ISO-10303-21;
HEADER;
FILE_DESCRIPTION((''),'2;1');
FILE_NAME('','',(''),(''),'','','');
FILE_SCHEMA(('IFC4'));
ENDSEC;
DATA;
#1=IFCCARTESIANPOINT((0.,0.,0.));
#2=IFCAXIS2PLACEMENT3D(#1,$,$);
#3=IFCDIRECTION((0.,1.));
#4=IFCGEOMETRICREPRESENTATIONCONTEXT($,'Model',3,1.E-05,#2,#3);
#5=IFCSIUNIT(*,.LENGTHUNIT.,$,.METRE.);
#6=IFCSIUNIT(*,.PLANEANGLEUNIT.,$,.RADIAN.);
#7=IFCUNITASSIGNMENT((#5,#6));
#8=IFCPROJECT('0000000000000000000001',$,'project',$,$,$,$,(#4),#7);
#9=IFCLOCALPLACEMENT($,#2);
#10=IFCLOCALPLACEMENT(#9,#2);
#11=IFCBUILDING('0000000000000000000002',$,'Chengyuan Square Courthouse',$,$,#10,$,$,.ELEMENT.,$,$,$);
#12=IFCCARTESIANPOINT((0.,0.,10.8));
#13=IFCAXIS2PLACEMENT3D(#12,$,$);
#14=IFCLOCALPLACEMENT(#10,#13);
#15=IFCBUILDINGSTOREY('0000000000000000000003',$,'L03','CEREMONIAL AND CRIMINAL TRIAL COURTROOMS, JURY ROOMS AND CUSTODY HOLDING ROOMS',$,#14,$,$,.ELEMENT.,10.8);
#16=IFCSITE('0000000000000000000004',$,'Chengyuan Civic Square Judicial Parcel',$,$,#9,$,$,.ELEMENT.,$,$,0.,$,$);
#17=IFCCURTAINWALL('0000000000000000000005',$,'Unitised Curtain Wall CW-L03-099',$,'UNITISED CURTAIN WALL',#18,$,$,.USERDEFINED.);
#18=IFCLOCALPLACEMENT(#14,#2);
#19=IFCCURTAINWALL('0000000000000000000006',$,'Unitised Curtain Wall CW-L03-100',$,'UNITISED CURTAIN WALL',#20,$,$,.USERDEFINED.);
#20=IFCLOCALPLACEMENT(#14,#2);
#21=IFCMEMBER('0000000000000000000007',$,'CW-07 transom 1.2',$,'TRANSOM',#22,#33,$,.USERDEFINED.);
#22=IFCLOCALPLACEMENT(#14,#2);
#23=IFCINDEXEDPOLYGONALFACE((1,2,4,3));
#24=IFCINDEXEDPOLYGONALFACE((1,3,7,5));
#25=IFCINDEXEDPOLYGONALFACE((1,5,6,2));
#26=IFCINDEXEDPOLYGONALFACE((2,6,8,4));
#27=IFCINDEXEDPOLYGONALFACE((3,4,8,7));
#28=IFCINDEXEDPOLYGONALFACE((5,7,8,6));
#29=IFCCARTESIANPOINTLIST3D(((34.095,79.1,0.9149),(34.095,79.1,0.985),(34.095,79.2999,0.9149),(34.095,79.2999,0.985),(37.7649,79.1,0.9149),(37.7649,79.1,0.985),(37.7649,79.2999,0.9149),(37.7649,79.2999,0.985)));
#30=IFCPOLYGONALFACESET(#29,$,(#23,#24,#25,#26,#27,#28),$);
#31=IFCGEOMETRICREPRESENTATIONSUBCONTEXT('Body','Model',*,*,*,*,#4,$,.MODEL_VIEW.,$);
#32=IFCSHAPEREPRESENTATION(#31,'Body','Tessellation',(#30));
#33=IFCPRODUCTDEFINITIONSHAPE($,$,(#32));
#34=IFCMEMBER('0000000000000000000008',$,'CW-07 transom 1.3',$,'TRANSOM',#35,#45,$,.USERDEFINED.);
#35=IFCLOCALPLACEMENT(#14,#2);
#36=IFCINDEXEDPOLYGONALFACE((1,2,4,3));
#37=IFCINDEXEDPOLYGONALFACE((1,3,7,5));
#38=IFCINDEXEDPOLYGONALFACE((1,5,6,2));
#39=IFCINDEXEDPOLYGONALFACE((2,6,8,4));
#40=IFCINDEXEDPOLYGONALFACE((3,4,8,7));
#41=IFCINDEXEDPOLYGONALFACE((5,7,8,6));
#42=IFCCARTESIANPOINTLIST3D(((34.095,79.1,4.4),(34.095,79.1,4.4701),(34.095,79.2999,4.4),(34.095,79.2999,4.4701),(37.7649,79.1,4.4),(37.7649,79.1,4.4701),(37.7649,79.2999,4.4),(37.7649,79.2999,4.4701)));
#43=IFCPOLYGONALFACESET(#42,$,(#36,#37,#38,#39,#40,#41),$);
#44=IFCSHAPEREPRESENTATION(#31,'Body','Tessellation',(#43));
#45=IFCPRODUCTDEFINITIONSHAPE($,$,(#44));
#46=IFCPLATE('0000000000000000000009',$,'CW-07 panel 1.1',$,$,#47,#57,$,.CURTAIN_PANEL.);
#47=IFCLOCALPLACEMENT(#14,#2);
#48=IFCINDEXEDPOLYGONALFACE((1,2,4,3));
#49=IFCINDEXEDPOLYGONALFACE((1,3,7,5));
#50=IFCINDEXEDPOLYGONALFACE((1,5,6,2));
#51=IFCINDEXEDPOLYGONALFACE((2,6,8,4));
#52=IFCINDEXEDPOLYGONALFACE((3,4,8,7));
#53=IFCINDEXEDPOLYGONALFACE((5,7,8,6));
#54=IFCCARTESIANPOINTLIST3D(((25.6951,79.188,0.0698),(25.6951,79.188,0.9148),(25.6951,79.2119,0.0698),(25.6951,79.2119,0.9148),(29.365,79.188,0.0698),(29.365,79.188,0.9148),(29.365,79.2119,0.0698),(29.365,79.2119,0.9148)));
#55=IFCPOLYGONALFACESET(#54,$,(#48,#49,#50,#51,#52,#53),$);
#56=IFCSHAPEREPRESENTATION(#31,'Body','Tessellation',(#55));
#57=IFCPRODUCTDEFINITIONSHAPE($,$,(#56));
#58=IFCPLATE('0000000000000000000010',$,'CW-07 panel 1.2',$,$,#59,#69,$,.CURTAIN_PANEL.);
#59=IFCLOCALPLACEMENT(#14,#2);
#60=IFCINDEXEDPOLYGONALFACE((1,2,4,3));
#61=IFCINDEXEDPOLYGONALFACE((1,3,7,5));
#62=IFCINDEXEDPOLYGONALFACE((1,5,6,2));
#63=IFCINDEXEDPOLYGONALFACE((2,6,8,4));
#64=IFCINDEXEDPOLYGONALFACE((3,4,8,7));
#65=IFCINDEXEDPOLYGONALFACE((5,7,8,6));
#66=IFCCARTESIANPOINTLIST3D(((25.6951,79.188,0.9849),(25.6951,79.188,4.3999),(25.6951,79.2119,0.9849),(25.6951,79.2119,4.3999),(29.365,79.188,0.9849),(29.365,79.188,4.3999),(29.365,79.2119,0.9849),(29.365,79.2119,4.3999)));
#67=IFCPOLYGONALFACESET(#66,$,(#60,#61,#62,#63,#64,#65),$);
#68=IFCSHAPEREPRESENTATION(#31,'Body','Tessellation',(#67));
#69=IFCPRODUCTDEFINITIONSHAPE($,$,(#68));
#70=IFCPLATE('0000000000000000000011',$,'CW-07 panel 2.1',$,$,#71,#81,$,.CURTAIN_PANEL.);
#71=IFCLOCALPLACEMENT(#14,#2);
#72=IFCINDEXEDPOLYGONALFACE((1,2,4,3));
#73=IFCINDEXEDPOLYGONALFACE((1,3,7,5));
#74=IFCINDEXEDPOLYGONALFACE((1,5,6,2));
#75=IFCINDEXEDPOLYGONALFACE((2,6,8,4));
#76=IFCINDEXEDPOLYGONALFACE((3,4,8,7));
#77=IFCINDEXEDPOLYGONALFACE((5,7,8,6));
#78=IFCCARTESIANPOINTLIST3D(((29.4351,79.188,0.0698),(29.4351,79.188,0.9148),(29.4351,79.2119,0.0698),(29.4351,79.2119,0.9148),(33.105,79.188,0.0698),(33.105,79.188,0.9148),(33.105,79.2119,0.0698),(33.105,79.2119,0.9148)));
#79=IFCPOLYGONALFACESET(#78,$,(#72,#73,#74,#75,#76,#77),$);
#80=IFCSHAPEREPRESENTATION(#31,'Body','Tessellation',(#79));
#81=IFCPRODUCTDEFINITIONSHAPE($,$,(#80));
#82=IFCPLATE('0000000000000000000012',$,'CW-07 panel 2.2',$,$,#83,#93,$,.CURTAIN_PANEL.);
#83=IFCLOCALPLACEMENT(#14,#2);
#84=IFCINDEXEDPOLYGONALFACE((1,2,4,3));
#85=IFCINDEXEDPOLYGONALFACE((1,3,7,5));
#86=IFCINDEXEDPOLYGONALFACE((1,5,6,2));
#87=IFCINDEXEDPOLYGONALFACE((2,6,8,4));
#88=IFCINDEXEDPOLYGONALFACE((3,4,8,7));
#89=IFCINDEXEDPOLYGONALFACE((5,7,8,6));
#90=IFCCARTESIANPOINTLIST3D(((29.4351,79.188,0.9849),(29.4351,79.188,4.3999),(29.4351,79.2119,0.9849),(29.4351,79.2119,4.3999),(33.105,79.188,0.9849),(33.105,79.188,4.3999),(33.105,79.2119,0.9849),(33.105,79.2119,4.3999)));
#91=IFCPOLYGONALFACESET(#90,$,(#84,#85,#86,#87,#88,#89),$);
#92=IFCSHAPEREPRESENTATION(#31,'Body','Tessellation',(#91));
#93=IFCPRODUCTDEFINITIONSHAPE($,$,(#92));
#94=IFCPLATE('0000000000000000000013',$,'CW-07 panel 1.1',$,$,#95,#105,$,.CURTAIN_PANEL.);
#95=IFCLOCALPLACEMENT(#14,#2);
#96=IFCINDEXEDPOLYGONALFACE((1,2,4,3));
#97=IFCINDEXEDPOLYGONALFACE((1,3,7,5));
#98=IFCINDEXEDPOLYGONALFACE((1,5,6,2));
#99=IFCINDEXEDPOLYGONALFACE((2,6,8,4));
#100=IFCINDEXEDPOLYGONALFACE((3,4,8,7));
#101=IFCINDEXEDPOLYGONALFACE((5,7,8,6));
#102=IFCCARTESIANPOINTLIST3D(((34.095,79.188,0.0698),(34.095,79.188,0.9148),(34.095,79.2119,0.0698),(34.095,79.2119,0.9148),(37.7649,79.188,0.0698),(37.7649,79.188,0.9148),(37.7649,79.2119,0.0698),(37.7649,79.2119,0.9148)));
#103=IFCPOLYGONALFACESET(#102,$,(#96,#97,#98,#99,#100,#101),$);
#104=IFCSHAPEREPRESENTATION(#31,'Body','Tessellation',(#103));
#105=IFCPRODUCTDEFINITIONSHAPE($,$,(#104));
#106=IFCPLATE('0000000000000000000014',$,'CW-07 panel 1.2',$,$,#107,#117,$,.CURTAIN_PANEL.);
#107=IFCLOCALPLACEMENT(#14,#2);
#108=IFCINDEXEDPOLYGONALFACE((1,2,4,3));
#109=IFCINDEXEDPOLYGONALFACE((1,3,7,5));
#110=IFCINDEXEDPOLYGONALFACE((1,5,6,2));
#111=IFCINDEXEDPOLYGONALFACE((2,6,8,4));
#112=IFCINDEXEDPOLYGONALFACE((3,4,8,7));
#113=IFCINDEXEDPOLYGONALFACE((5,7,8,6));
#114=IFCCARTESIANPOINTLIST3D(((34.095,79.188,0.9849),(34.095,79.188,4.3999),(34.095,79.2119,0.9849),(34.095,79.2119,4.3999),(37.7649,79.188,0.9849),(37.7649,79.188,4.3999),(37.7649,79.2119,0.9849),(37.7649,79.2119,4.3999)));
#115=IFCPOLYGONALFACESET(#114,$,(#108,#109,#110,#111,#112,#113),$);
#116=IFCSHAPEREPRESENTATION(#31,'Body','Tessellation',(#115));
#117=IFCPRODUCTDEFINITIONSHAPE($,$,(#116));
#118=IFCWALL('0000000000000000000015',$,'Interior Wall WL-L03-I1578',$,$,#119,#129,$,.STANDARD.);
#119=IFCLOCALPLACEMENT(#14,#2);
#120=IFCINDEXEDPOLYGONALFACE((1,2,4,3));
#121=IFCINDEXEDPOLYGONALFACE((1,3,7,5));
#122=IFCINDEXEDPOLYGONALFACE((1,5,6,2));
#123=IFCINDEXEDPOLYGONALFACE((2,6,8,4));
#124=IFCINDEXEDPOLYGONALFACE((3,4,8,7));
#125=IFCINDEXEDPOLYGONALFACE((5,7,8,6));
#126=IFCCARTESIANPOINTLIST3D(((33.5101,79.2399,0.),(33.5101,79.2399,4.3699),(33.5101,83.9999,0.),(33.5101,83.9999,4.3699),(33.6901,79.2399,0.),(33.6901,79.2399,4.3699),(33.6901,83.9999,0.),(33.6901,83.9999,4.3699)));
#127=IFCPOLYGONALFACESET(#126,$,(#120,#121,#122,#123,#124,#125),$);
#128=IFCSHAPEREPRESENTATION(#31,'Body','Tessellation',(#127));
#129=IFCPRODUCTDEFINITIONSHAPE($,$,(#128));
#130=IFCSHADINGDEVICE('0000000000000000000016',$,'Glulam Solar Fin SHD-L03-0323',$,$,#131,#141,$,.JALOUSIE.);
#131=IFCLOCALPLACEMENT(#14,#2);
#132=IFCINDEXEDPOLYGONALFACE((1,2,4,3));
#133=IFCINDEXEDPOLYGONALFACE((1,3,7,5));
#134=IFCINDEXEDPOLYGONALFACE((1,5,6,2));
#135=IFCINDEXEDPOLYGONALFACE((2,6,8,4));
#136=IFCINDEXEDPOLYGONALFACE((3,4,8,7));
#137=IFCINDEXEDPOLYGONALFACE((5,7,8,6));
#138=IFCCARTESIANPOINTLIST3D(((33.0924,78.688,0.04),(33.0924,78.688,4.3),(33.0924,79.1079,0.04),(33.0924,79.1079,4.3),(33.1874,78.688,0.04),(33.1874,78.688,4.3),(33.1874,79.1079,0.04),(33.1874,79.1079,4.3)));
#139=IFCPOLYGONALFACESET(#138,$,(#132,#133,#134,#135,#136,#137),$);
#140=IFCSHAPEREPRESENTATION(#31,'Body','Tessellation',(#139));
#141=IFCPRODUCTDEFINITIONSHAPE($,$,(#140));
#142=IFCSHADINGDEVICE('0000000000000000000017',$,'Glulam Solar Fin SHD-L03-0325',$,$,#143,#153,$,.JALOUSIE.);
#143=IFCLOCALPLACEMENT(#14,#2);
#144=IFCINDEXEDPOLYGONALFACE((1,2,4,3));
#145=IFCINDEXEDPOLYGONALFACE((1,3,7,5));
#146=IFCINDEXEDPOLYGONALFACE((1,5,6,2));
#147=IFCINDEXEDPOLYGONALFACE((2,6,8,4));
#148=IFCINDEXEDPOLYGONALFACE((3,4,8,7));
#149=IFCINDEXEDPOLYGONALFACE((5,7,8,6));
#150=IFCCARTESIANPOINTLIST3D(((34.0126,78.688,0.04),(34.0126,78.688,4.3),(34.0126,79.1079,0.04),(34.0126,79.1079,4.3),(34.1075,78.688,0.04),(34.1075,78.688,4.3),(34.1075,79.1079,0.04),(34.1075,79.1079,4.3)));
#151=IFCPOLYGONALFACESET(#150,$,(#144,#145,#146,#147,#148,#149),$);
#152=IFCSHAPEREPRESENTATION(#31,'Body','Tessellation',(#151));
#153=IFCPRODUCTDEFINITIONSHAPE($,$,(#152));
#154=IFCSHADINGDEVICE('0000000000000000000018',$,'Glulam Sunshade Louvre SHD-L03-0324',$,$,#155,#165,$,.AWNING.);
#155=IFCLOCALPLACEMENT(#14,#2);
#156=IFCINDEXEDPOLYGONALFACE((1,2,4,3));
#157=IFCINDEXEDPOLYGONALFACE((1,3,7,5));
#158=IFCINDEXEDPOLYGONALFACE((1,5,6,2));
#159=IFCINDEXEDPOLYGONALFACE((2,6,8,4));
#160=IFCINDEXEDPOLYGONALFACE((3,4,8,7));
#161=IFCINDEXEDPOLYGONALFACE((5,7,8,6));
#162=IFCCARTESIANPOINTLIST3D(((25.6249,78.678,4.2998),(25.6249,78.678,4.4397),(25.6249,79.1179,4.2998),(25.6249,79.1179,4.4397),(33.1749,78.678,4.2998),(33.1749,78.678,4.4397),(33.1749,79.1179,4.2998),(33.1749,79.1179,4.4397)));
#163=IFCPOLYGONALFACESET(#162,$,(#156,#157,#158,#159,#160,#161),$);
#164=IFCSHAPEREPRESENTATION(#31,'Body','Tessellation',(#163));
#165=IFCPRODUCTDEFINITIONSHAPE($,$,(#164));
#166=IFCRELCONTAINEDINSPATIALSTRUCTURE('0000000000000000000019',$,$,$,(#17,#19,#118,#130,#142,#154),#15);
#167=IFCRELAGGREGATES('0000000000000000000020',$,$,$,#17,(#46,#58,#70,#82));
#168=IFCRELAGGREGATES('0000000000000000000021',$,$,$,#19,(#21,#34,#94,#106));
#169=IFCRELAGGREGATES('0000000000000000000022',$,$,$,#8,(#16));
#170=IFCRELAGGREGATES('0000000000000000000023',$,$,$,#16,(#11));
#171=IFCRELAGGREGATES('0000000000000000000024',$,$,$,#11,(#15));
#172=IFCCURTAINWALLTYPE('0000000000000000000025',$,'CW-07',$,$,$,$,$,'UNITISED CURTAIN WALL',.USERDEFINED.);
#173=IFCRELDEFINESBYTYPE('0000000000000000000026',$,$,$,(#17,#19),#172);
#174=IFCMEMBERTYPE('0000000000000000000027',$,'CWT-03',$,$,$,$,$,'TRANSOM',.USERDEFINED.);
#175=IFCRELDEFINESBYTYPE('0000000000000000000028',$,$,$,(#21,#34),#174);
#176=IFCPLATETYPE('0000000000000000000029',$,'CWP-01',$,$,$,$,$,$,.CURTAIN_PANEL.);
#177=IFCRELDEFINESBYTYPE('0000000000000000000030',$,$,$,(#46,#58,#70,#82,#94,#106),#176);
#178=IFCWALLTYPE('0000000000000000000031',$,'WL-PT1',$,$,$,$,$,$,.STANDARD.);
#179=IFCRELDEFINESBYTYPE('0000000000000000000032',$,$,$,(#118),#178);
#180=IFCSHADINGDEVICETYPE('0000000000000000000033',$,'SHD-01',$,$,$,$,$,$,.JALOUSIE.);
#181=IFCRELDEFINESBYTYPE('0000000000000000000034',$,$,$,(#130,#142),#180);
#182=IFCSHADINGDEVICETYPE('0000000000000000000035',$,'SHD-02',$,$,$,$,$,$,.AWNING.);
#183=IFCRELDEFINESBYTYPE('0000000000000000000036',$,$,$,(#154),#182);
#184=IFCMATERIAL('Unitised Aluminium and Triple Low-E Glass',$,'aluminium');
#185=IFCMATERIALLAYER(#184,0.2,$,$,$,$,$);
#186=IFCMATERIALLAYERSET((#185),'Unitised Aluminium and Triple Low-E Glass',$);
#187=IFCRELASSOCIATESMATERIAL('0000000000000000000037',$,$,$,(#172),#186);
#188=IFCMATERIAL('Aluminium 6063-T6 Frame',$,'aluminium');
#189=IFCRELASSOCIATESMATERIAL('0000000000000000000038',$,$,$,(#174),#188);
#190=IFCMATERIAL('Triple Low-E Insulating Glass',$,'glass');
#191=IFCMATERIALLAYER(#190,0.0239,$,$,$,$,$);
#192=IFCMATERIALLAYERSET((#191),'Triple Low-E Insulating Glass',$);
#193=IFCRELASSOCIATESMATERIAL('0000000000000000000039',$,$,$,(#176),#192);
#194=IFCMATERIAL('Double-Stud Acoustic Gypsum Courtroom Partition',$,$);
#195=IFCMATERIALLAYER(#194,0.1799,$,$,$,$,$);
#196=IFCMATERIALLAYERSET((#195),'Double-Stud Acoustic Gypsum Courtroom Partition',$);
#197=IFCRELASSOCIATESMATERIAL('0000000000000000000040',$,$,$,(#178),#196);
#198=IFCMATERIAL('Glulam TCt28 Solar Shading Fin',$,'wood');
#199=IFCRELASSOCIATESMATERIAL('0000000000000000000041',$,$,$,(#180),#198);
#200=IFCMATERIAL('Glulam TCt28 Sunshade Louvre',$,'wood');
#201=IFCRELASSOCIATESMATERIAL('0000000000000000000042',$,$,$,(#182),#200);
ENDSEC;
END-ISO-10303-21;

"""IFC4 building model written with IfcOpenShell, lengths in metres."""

from ifc_helpers import new_model, si_unit, direction, frame, frame_2d, origin, origin_2d, place, context, subcontext, project, spatial, rectangle, extrude, material, layer, layer_set, material_profile, profile_set, type_object, element, aggregate, save


model = new_model("IFC4")

# Units and contexts
model_context = context("Model", 3, precision=1e-05, world=origin(), true_north=direction((0.0, 1.0)))
body_context = subcontext(model_context, "Body", "Model", "MODEL_VIEW")
ifc_project = project(units=[si_unit("LENGTHUNIT", "METRE"), si_unit("PLANEANGLEUNIT", "RADIAN")], contexts=[model_context])

# Site, building, storey
site_placement = place(None, origin())
site = spatial("IfcSite", under=ifc_project, at=site_placement, Name="Chengyuan Civic Square Judicial Parcel", CompositionType="ELEMENT", RefElevation=0.0)
building_placement = place(site_placement, origin())
building = spatial("IfcBuilding", under=site, at=building_placement, Name="Chengyuan Square Courthouse", CompositionType="ELEMENT")
storey_placement = place(building_placement, frame((0.0, 0.0, 10.8)))
storey = spatial("IfcBuildingStorey", under=building, at=storey_placement, Name="L03", Description="CEREMONIAL AND CRIMINAL TRIAL COURTROOMS, JURY ROOMS AND CUSTODY HOLDING ROOMS", CompositionType="ELEMENT", Elevation=10.8)

# Curtain wall
ifc_material_1 = material(Name="Unitised Aluminium and Triple Low-E Glass", Category="aluminium")
ifc_layer_1 = layer(ifc_material_1, 0.2)
ifc_layer_set_1 = layer_set([ifc_layer_1], Name="Unitised Aluminium and Triple Low-E Glass")
curtain_wall_type = type_object("IfcCurtainWallType", Name="CW-07", ElementType="UNITISED CURTAIN WALL", PredefinedType="USERDEFINED", material=ifc_layer_set_1)
curtain_wall_1_placement = place(storey_placement, origin())
curtain_wall_1 = element("IfcCurtainWall", 1, at=curtain_wall_1_placement, inside=storey, type_object=curtain_wall_type, Name="Unitised Curtain Wall CW-L03-099", ObjectType="UNITISED CURTAIN WALL", PredefinedType="USERDEFINED")
ifc_material_2 = material(Name="Aluminium 6063-T6 Frame", Category="aluminium")

# Curtain wall
curtain_wall_2_placement = place(storey_placement, origin())
curtain_wall_2 = element("IfcCurtainWall", 2, at=curtain_wall_2_placement, inside=storey, type_object=curtain_wall_type, Name="Unitised Curtain Wall CW-L03-100", ObjectType="UNITISED CURTAIN WALL", PredefinedType="USERDEFINED")

# Members
ifc_material_profile_1 = material_profile(ifc_material_2, rectangle(XDim=0.2, YDim=0.0701, at=origin_2d()), Name="CW-TRN-70x160")
ifc_profile_set_1 = profile_set([ifc_material_profile_1], Name="Aluminium 6063-T6 Frame")
member_type_1 = type_object("IfcMemberType", Name="CWT-03", ElementType="TRANSOM", PredefinedType="USERDEFINED", material=ifc_profile_set_1)
member_1_placement = place(storey_placement, frame((34.095, 79.2, 0.95), z_axis=(1.0, 0.0, 0.0), x_axis=(0.0, 1.0, 0.0)))
member_1 = element("IfcMember", 3, at=member_1_placement, type_object=member_type_1, Name="CW-07 transom 1.2", ObjectType="TRANSOM", PredefinedType="USERDEFINED", context=body_context, shape_type="SweptSolid", body=[
    extrude(rectangle(XDim=0.2, YDim=0.0701, at=origin_2d()), origin(), (0.0, 0.0, 1.0), 3.6699),
])
member_2_placement = place(storey_placement, frame((34.095, 79.2, 4.4351), z_axis=(1.0, 0.0, 0.0), x_axis=(0.0, 1.0, 0.0)))
member_2 = element("IfcMember", 4, at=member_2_placement, type_object=member_type_1, Name="CW-07 transom 1.3", ObjectType="TRANSOM", PredefinedType="USERDEFINED", context=body_context, shape_type="SweptSolid", body=[
    extrude(rectangle(XDim=0.2, YDim=0.0701, at=origin_2d()), origin(), (0.0, 0.0, 1.0), 3.6699),
])

# Plates
ifc_material_3 = material(Name="Triple Low-E Insulating Glass", Category="glass")
ifc_layer_2 = layer(ifc_material_3, 0.0239)
ifc_layer_set_2 = layer_set([ifc_layer_2], Name="Triple Low-E Insulating Glass")
plate_type = type_object("IfcPlateType", Name="CWP-01", PredefinedType="CURTAIN_PANEL", material=ifc_layer_set_2)
plate_1_placement = place(storey_placement, frame((27.53, 79.2, 0.0698), z_axis=(0.0, 0.0, 1.0), x_axis=(1.0, 0.0, 0.0)))
plate_1 = element("IfcPlate", 5, at=plate_1_placement, type_object=plate_type, Name="CW-07 panel 1.1", PredefinedType="CURTAIN_PANEL", context=body_context, shape_type="SweptSolid", body=[
    extrude(rectangle(XDim=3.6699, YDim=0.0239, at=origin_2d()), origin(), (0.0, 0.0, 1.0), 0.845),
])
plate_2_placement = place(storey_placement, frame((27.53, 79.2, 0.9849), z_axis=(0.0, 0.0, 1.0), x_axis=(1.0, 0.0, 0.0)))
plate_2 = element("IfcPlate", 6, at=plate_2_placement, type_object=plate_type, Name="CW-07 panel 1.2", PredefinedType="CURTAIN_PANEL", context=body_context, shape_type="SweptSolid", body=[
    extrude(rectangle(XDim=3.6699, YDim=0.0239, at=origin_2d()), origin(), (0.0, 0.0, 1.0), 3.415),
])
plate_3_placement = place(storey_placement, frame((31.27, 79.2, 0.0698), z_axis=(0.0, 0.0, 1.0), x_axis=(1.0, 0.0, 0.0)))
plate_3 = element("IfcPlate", 7, at=plate_3_placement, type_object=plate_type, Name="CW-07 panel 2.1", PredefinedType="CURTAIN_PANEL", context=body_context, shape_type="SweptSolid", body=[
    extrude(rectangle(XDim=3.6699, YDim=0.0239, at=origin_2d()), origin(), (0.0, 0.0, 1.0), 0.845),
])
plate_4_placement = place(storey_placement, frame((31.27, 79.2, 0.9849), z_axis=(0.0, 0.0, 1.0), x_axis=(1.0, 0.0, 0.0)))
plate_4 = element("IfcPlate", 8, at=plate_4_placement, type_object=plate_type, Name="CW-07 panel 2.2", PredefinedType="CURTAIN_PANEL", context=body_context, shape_type="SweptSolid", body=[
    extrude(rectangle(XDim=3.6699, YDim=0.0239, at=origin_2d()), origin(), (0.0, 0.0, 1.0), 3.415),
])
aggregate(curtain_wall_1, [plate_1, plate_2, plate_3, plate_4])
plate_5_placement = place(storey_placement, frame((35.9299, 79.2, 0.0698), z_axis=(0.0, 0.0, 1.0), x_axis=(1.0, 0.0, 0.0)))
plate_5 = element("IfcPlate", 9, at=plate_5_placement, type_object=plate_type, Name="CW-07 panel 1.1", PredefinedType="CURTAIN_PANEL", context=body_context, shape_type="SweptSolid", body=[
    extrude(rectangle(XDim=3.6699, YDim=0.0239, at=origin_2d()), origin(), (0.0, 0.0, 1.0), 0.845),
])
plate_6_placement = place(storey_placement, frame((35.9299, 79.2, 0.9849), z_axis=(0.0, 0.0, 1.0), x_axis=(1.0, 0.0, 0.0)))
plate_6 = element("IfcPlate", 10, at=plate_6_placement, type_object=plate_type, Name="CW-07 panel 1.2", PredefinedType="CURTAIN_PANEL", context=body_context, shape_type="SweptSolid", body=[
    extrude(rectangle(XDim=3.6699, YDim=0.0239, at=origin_2d()), origin(), (0.0, 0.0, 1.0), 3.415),
])
aggregate(curtain_wall_2, [member_1, member_2, plate_5, plate_6])

# Wall
ifc_material_4 = material(Name="Double-Stud Acoustic Gypsum Courtroom Partition")
ifc_layer_3 = layer(ifc_material_4, 0.1799)
ifc_layer_set_3 = layer_set([ifc_layer_3], Name="Double-Stud Acoustic Gypsum Courtroom Partition")
wall_type = type_object("IfcWallType", Name="WL-PT1", PredefinedType="STANDARD", material=ifc_layer_set_3)
wall_placement = place(storey_placement, frame((33.6001, 79.24, 0.0), z_axis=(0.0, 0.0, 1.0), x_axis=(0.0, 1.0, 0.0)))
element("IfcWall", 11, at=wall_placement, inside=storey, type_object=wall_type, Name="Interior Wall WL-L03-I1578", PredefinedType="STANDARD", context=body_context, shape_type="SweptSolid", body=[
    extrude(rectangle(XDim=4.76, YDim=0.1799, at=frame_2d((2.3799, 0.0))), origin(), (0.0, 0.0, 1.0), 4.3699),
])

# Shading devices
ifc_material_5 = material(Name="Glulam TCt28 Solar Shading Fin", Category="wood")
shading_device_type_1 = type_object("IfcShadingDeviceType", Name="SHD-01", PredefinedType="JALOUSIE", material=ifc_material_5)
for number, where, z_axis, x_axis, name in (
    (12, (33.1399, 78.8979, 0.04), (0.0, 0.0, 1.0), (0.0, 1.0, 0.0), "Glulam Solar Fin SHD-L03-0323"),
    (13, (34.0601, 78.8979, 0.04), (0.0, 0.0, 1.0), (0.0, 1.0, 0.0), "Glulam Solar Fin SHD-L03-0325"),
):
    element("IfcShadingDevice", number, at=place(storey_placement, frame(where, z_axis=z_axis, x_axis=x_axis)), inside=storey, type_object=shading_device_type_1, Name=name, PredefinedType="JALOUSIE", context=body_context, shape_type="SweptSolid", body=[
        extrude(rectangle(XDim=0.4199, YDim=0.095, at=origin_2d()), origin(), (0.0, 0.0, 1.0), 4.26),
    ])
ifc_material_6 = material(Name="Glulam TCt28 Sunshade Louvre", Category="wood")
shading_device_type_2 = type_object("IfcShadingDeviceType", Name="SHD-02", PredefinedType="AWNING", material=ifc_material_6)
shading_device_placement = place(storey_placement, frame((29.3999, 78.8979, 4.2998), z_axis=(0.0, 0.0, 1.0), x_axis=(1.0, 0.0, 0.0)))
element("IfcShadingDevice", 14, at=shading_device_placement, inside=storey, type_object=shading_device_type_2, Name="Glulam Sunshade Louvre SHD-L03-0324", PredefinedType="AWNING", context=body_context, shape_type="SweptSolid", body=[
    extrude(rectangle(XDim=7.55, YDim=0.4399, at=origin_2d()), origin(), (0.0, 0.0, 1.0), 0.1399),
])

save(model, "model.ifc")
